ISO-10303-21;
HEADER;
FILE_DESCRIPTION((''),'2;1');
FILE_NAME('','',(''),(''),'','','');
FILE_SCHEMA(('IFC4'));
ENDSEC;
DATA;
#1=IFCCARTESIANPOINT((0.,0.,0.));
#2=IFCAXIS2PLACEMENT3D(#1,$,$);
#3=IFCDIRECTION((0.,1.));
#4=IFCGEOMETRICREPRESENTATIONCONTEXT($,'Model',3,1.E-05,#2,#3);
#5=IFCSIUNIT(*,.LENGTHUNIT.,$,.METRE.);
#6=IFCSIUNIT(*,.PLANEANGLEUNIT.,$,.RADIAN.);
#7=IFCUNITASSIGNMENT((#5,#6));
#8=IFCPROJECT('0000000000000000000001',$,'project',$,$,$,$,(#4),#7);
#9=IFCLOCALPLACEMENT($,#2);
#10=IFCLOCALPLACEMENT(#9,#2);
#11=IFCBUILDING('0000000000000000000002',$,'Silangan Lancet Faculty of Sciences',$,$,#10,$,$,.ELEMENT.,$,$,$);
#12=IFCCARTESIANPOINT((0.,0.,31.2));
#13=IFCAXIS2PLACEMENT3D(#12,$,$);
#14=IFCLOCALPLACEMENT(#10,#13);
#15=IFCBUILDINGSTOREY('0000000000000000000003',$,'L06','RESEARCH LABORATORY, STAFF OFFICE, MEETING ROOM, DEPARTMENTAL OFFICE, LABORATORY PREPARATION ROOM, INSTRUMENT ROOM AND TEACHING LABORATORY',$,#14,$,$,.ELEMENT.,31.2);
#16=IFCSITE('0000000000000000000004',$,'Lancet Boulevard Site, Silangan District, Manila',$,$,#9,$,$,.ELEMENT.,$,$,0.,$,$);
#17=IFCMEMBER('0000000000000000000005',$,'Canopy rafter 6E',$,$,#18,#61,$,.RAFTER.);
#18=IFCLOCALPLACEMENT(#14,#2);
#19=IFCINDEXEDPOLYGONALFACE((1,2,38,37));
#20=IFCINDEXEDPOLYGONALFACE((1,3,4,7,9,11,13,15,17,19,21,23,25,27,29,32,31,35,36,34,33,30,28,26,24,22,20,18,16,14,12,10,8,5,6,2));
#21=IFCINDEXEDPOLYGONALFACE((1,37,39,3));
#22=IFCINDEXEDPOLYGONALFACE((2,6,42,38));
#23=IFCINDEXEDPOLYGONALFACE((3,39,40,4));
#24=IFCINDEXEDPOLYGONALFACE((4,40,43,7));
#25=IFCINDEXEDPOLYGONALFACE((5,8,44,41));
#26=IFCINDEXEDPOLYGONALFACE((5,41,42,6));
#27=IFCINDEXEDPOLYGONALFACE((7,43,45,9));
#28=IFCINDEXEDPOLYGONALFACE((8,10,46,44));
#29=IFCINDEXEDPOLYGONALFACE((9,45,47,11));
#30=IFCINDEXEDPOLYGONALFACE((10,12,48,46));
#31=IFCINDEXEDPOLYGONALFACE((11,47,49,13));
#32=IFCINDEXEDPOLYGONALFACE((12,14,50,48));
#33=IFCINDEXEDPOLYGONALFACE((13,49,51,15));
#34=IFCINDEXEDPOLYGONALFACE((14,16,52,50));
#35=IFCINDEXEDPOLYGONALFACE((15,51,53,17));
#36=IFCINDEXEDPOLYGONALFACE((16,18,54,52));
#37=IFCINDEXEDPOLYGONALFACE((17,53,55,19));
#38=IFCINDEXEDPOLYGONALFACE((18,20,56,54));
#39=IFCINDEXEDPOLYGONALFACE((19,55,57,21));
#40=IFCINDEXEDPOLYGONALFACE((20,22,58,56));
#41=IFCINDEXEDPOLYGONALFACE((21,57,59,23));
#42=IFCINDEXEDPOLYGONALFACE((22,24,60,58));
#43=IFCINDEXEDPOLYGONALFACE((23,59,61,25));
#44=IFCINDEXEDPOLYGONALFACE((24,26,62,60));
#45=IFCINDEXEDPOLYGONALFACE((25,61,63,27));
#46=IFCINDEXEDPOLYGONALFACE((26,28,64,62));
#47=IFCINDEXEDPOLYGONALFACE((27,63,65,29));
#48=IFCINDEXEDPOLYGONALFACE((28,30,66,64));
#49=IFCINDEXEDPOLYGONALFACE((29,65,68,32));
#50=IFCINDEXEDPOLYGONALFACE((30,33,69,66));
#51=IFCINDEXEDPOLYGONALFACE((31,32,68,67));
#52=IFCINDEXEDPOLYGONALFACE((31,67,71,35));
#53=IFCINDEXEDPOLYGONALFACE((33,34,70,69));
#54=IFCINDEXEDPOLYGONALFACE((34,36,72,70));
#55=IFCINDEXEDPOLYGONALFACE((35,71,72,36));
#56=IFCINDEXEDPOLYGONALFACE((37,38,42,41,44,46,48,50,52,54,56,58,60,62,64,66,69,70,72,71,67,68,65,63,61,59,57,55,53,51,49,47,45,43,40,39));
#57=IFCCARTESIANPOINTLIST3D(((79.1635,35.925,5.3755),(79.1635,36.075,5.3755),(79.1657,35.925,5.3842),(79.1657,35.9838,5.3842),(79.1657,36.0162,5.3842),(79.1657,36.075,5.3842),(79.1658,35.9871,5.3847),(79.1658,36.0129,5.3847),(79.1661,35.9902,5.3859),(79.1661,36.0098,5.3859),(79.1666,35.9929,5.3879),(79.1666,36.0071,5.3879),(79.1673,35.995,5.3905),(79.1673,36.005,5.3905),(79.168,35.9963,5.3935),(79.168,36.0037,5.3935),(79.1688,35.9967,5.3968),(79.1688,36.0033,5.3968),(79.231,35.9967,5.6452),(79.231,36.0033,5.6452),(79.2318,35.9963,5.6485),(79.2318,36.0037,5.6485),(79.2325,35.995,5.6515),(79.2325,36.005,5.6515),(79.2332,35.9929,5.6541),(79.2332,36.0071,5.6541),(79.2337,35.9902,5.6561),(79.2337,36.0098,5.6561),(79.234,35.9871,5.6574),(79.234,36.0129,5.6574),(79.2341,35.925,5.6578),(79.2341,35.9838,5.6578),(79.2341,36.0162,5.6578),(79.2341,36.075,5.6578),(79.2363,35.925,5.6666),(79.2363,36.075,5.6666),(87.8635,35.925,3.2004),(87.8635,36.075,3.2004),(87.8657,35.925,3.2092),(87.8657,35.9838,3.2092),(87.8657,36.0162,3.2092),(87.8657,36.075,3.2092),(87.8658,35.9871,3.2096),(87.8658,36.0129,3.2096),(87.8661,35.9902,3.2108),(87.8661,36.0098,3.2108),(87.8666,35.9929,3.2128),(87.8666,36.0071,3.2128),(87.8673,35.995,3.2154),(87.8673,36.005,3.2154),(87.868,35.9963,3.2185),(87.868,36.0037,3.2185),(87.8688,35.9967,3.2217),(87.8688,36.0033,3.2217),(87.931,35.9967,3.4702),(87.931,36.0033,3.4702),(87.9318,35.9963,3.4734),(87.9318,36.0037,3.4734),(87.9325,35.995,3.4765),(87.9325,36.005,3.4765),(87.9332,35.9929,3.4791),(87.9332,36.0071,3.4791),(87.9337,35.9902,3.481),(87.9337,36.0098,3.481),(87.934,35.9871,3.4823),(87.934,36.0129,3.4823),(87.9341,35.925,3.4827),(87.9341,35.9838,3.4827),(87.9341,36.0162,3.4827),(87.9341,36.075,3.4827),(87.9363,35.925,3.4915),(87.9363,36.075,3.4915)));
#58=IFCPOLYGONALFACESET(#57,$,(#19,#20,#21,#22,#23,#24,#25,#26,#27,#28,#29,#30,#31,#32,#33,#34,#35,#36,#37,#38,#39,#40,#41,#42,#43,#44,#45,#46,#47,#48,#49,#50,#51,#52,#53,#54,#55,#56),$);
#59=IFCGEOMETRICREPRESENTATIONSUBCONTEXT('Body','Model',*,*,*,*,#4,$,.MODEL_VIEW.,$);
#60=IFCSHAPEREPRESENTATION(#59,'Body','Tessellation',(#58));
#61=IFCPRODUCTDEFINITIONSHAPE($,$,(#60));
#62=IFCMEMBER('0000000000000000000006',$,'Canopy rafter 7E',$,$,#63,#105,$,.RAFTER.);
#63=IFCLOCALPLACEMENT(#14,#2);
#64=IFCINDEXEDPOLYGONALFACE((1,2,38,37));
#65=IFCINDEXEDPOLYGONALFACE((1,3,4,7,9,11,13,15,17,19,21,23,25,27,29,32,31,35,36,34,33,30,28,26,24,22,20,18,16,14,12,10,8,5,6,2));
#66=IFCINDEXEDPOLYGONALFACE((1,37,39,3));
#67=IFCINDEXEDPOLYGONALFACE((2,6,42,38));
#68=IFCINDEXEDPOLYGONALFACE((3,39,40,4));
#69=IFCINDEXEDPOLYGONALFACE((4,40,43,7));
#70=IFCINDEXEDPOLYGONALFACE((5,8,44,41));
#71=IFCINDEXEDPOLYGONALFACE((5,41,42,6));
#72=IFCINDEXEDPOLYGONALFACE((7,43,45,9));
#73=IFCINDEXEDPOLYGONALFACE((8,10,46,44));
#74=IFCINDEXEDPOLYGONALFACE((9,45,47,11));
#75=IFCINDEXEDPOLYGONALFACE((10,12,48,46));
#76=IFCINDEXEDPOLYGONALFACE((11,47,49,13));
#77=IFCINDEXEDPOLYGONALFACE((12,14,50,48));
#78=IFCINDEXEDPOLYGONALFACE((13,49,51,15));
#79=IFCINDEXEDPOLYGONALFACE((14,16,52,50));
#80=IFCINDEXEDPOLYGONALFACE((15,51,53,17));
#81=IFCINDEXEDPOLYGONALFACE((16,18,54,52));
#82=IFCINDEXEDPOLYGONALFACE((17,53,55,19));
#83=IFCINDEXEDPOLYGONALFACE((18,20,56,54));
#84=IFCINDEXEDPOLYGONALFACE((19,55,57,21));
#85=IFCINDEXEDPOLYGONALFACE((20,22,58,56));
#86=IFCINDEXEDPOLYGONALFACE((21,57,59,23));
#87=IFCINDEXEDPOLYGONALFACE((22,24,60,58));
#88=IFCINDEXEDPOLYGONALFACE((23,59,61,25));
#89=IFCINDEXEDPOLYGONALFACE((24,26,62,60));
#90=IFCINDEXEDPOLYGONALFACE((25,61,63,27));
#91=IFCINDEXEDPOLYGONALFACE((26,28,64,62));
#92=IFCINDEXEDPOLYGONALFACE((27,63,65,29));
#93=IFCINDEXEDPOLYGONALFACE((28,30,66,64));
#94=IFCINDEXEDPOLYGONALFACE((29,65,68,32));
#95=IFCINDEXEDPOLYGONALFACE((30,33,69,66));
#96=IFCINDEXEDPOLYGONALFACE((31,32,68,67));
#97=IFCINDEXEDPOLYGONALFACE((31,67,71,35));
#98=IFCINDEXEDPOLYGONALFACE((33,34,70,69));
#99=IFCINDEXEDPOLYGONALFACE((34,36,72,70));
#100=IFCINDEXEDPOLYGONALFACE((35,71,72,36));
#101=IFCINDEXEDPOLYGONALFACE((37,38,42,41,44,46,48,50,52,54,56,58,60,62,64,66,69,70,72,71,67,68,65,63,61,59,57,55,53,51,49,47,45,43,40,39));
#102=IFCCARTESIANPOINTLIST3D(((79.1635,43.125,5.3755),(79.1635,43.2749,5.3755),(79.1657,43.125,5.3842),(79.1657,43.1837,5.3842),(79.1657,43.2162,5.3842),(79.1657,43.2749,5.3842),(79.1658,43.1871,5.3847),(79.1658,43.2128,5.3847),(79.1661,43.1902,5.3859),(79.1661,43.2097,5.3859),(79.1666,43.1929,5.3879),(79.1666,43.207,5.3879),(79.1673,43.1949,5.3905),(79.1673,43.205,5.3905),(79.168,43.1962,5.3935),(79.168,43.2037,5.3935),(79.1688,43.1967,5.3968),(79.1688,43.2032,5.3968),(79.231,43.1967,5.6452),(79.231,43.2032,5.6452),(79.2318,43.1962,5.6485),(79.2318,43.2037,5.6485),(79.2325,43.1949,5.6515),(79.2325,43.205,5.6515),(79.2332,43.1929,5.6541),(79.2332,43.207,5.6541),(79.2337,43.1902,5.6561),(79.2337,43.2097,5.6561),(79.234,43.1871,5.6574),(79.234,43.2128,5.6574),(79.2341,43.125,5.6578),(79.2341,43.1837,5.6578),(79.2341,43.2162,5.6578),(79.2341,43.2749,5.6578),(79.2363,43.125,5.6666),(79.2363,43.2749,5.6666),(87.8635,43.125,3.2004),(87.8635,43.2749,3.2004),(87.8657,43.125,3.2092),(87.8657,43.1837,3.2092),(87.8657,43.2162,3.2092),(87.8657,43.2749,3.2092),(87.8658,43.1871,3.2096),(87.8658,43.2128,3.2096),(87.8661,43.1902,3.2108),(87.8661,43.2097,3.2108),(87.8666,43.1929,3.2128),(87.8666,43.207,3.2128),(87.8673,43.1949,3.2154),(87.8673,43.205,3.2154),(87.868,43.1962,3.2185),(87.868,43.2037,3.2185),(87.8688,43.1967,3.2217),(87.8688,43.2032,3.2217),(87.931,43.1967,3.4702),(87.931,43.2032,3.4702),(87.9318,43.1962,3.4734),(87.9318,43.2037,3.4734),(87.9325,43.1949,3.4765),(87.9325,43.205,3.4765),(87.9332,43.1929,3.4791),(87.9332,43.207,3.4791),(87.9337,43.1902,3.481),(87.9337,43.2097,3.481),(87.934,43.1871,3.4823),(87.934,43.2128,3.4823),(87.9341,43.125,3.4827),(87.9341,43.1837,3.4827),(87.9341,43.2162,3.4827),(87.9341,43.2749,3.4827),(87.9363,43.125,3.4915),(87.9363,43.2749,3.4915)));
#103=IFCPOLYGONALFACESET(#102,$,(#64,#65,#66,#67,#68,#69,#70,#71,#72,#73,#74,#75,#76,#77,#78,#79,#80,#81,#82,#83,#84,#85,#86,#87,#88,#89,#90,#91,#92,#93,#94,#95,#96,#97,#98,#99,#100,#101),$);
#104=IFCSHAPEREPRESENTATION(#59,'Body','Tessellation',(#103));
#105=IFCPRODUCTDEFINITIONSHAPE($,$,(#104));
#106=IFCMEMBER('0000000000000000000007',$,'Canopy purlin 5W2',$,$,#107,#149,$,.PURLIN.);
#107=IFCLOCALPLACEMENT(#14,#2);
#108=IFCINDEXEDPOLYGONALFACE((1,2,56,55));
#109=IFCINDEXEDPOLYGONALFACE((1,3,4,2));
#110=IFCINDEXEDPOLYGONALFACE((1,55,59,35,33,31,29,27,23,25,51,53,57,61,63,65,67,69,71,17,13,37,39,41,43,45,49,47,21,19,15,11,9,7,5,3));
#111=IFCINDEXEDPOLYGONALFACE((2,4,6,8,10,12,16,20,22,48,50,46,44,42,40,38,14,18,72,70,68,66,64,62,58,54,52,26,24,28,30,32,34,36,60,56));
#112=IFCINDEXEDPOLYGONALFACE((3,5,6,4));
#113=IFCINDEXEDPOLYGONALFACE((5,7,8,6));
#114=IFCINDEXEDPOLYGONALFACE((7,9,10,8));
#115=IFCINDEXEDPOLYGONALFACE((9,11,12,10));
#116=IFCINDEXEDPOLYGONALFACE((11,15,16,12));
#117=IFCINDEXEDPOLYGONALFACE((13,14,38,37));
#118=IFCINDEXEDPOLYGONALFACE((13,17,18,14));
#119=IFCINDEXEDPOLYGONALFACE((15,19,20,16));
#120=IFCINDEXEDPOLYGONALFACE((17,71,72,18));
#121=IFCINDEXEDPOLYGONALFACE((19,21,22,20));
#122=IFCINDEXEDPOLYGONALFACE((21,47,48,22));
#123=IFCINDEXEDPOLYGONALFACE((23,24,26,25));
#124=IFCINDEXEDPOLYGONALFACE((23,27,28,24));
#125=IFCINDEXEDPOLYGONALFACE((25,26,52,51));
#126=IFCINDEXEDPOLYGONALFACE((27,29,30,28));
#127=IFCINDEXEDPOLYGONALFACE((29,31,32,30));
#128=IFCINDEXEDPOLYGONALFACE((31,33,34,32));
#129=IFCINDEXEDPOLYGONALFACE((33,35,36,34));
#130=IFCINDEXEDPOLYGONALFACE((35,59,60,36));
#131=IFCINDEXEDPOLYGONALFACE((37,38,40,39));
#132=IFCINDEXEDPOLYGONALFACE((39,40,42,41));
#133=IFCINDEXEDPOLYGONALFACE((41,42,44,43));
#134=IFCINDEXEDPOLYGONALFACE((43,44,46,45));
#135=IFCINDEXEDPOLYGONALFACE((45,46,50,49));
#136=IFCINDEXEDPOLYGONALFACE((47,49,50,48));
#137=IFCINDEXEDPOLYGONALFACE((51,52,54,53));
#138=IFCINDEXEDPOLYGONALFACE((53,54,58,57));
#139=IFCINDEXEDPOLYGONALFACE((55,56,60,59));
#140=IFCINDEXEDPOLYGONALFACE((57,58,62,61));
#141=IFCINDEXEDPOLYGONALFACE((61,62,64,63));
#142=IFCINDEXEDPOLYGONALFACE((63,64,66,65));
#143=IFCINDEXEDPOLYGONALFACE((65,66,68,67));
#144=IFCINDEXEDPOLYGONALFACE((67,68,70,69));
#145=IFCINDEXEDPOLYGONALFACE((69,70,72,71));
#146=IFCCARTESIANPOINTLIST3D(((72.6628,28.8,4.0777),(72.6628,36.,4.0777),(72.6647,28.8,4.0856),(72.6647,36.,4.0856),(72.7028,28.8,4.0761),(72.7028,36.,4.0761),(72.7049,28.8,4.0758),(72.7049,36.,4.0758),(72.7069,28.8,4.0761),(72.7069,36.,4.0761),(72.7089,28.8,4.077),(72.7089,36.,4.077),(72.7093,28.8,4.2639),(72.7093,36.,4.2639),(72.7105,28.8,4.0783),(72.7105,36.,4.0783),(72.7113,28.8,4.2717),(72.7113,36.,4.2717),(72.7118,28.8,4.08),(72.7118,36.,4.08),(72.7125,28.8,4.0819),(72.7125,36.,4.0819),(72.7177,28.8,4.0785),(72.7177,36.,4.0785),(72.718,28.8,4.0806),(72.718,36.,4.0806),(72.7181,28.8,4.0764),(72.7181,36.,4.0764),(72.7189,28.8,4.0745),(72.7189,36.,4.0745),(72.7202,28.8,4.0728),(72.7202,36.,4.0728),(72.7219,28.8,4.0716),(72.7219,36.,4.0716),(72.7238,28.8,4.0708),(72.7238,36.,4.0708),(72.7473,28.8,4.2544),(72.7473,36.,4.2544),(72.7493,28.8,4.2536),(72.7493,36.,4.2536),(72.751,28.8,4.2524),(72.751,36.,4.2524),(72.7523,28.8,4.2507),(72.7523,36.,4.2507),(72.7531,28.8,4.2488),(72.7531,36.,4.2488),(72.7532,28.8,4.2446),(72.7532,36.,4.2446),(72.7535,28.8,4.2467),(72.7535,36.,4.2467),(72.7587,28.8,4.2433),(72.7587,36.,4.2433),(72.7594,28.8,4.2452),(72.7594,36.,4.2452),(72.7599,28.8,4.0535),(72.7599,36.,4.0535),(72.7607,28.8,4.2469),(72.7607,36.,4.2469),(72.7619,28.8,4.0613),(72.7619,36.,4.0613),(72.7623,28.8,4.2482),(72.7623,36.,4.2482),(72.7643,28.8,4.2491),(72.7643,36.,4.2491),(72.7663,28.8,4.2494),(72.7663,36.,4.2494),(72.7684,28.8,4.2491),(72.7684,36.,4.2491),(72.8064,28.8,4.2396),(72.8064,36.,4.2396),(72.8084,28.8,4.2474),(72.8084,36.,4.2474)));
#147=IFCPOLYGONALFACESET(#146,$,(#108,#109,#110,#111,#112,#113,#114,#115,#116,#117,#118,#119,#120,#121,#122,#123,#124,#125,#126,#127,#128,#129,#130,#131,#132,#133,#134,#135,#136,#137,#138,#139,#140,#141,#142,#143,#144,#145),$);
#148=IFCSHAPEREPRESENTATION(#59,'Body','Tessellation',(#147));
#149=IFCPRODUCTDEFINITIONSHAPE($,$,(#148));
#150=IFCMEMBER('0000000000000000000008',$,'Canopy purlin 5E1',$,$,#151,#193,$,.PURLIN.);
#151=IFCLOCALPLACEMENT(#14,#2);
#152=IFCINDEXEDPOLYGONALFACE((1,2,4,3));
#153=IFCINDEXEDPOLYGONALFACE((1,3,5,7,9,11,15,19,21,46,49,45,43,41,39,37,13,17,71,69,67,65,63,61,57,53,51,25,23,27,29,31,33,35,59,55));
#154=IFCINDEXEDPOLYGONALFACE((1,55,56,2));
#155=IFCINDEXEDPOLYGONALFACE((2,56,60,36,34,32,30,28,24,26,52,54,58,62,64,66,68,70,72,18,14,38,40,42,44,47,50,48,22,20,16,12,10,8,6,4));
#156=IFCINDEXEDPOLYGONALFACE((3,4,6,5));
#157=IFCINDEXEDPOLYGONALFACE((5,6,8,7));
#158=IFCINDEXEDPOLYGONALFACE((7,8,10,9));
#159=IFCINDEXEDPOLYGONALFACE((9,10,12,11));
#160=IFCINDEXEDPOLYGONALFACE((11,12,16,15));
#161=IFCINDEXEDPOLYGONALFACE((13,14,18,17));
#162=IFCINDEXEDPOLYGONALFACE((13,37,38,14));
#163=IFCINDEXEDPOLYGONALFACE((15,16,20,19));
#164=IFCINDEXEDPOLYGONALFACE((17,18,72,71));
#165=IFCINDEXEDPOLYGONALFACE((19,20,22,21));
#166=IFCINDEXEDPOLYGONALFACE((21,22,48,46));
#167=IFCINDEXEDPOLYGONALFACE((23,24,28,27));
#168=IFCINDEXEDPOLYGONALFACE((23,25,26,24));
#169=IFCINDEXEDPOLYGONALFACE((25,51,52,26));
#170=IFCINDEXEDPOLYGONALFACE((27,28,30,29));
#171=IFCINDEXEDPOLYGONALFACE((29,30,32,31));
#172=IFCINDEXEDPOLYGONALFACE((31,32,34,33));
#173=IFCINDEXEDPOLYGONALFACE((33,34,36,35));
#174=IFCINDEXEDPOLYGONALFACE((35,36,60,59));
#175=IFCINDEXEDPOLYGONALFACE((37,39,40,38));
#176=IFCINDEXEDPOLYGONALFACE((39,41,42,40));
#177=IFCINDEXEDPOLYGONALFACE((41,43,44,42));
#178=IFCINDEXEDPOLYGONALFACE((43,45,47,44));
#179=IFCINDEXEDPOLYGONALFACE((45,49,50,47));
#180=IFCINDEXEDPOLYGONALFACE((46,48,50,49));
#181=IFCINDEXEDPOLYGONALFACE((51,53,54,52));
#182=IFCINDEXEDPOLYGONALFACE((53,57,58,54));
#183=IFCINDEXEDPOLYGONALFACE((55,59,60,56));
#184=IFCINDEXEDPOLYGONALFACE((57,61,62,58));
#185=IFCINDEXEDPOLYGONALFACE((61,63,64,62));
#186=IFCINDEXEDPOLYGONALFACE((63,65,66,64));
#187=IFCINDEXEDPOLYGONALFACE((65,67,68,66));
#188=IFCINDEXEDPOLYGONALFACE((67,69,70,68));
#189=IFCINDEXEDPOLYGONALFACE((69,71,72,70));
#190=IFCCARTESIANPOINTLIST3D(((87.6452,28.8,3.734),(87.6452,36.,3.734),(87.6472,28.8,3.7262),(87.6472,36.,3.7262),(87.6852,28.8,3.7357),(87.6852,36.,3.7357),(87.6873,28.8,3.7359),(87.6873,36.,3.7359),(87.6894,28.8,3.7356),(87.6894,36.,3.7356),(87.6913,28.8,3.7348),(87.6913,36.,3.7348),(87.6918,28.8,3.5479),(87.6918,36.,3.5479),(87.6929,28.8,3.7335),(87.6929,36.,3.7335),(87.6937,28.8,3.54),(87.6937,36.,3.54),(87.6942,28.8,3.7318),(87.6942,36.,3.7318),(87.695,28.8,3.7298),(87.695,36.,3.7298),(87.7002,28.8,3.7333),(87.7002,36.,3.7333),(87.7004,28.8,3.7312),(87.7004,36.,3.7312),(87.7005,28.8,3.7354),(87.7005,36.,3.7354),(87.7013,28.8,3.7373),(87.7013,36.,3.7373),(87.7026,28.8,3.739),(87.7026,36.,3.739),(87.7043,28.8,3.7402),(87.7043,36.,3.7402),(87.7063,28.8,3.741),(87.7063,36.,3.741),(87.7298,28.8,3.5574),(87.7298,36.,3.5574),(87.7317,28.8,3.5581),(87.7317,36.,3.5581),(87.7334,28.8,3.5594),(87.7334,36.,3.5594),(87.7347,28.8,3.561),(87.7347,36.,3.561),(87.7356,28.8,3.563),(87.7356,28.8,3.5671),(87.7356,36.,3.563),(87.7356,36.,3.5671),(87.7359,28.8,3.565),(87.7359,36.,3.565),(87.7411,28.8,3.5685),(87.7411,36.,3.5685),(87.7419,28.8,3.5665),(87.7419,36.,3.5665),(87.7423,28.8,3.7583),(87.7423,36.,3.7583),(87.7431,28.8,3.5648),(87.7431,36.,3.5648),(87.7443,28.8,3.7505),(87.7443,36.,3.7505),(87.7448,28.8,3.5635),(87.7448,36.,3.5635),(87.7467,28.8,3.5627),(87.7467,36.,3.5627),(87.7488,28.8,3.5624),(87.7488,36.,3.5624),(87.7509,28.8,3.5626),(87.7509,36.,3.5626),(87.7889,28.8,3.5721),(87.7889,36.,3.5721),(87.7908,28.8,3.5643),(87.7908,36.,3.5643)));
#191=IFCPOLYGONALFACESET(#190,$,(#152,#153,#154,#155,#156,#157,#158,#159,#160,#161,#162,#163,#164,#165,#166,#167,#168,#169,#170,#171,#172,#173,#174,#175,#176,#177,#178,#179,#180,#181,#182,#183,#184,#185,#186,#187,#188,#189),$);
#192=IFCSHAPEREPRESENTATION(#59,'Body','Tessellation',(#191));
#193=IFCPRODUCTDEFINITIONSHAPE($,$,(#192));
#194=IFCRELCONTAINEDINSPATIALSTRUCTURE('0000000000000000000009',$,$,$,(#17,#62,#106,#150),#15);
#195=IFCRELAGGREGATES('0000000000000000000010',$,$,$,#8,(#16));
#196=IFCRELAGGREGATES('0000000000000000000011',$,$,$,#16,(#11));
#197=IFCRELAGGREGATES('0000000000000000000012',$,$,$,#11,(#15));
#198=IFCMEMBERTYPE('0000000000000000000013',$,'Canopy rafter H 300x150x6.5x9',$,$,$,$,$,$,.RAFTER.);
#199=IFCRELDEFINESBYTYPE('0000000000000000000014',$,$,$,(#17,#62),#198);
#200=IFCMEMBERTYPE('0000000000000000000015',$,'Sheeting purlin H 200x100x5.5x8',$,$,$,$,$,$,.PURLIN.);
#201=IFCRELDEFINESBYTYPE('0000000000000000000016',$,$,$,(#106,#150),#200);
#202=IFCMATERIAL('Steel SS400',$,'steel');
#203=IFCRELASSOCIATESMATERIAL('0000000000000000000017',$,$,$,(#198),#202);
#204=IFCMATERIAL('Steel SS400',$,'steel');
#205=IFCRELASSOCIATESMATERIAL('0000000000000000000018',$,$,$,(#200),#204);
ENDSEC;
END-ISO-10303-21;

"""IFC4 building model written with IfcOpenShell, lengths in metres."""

from ifc_helpers import new_model, si_unit, direction, frame, origin, origin_2d, place, context, subcontext, project, spatial, i_section, extrude, material, material_profile, profile_set, type_object, element, save


model = new_model("IFC4")

# Units and contexts
model_context = context("Model", 3, precision=1e-05, world=origin(), true_north=direction((0.0, 1.0)))
body_context = subcontext(model_context, "Body", "Model", "MODEL_VIEW")
ifc_project = project(units=[si_unit("LENGTHUNIT", "METRE"), si_unit("PLANEANGLEUNIT", "RADIAN")], contexts=[model_context])

# Site, building, storey
site_placement = place(None, origin())
site = spatial("IfcSite", under=ifc_project, at=site_placement, Name="Lancet Boulevard Site, Silangan District, Manila", CompositionType="ELEMENT", RefElevation=0.0)
building_placement = place(site_placement, origin())
building = spatial("IfcBuilding", under=site, at=building_placement, Name="Silangan Lancet Faculty of Sciences", CompositionType="ELEMENT")
storey_placement = place(building_placement, frame((0.0, 0.0, 31.2)))
storey = spatial("IfcBuildingStorey", under=building, at=storey_placement, Name="L06", Description="RESEARCH LABORATORY, STAFF OFFICE, MEETING ROOM, DEPARTMENTAL OFFICE, LABORATORY PREPARATION ROOM, INSTRUMENT ROOM AND TEACHING LABORATORY", CompositionType="ELEMENT", Elevation=31.2)

# Members
ifc_material_1 = material(Name="Steel SS400", Category="steel")
ifc_material_profile_1 = material_profile(ifc_material_1, i_section(OverallWidth=0.1499, OverallDepth=0.3, WebThickness=0.0066, FlangeThickness=0.009, FilletRadius=0.0129, at=origin_2d()), Name="H 300x150x6.5x9")
ifc_profile_set_1 = profile_set([ifc_material_profile_1], Name="Steel SS400")
member_type_1 = type_object("IfcMemberType", Name="Canopy rafter H 300x150x6.5x9", PredefinedType="RAFTER", material=ifc_profile_set_1)
for number, where, z_axis, x_axis, name in (
    (1, (87.8999, 36.0, 3.3459), (-0.970141, 0.0, 0.242542), (0.0, -1.0, 0.0), "Canopy rafter 6E"),
    (2, (87.8999, 43.2, 3.3459), (-0.970141, 0.0, 0.242542), (0.0, -1.0, 0.0), "Canopy rafter 7E"),
):
    element("IfcMember", number, at=place(storey_placement, frame(where, z_axis=z_axis, x_axis=x_axis)), inside=storey, type_object=member_type_1, Name=name, PredefinedType="RAFTER", context=body_context, shape_type="SweptSolid", body=[
        extrude(i_section(OverallWidth=0.1499, OverallDepth=0.3, WebThickness=0.0066, FlangeThickness=0.009, FilletRadius=0.0129, at=origin_2d()), origin(), (0.0, 0.0, 1.0), 8.9678),
    ])
ifc_material_2 = material(Name="Steel SS400", Category="steel")
ifc_material_profile_2 = material_profile(ifc_material_2, i_section(OverallWidth=0.1001, OverallDepth=0.2, WebThickness=0.0056, FlangeThickness=0.0081, FilletRadius=0.0081, at=origin_2d()), Name="H 200x100x5.5x8")
ifc_profile_set_2 = profile_set([ifc_material_profile_2], Name="Steel SS400")
member_type_2 = type_object("IfcMemberType", Name="Sheeting purlin H 200x100x5.5x8", PredefinedType="PURLIN", material=ifc_profile_set_2)
for number, where, z_axis, x_axis, name in (
    (3, (72.7356, 28.8, 4.1626), (0.0, 1.0, 0.0), (-0.970143, 0.0, 0.242536), "Canopy purlin 5W2"),
    (4, (87.718, 28.8, 3.6492), (0.0, 1.0, 0.0), (-0.970143, 0.0, -0.242536), "Canopy purlin 5E1"),
):
    element("IfcMember", number, at=place(storey_placement, frame(where, z_axis=z_axis, x_axis=x_axis)), inside=storey, type_object=member_type_2, Name=name, PredefinedType="PURLIN", context=body_context, shape_type="SweptSolid", body=[
        extrude(i_section(OverallWidth=0.1001, OverallDepth=0.2, WebThickness=0.0056, FlangeThickness=0.0081, FilletRadius=0.0081, at=origin_2d()), origin(), (0.0, 0.0, 1.0), 7.2),
    ])

save(model, "model.ifc")
